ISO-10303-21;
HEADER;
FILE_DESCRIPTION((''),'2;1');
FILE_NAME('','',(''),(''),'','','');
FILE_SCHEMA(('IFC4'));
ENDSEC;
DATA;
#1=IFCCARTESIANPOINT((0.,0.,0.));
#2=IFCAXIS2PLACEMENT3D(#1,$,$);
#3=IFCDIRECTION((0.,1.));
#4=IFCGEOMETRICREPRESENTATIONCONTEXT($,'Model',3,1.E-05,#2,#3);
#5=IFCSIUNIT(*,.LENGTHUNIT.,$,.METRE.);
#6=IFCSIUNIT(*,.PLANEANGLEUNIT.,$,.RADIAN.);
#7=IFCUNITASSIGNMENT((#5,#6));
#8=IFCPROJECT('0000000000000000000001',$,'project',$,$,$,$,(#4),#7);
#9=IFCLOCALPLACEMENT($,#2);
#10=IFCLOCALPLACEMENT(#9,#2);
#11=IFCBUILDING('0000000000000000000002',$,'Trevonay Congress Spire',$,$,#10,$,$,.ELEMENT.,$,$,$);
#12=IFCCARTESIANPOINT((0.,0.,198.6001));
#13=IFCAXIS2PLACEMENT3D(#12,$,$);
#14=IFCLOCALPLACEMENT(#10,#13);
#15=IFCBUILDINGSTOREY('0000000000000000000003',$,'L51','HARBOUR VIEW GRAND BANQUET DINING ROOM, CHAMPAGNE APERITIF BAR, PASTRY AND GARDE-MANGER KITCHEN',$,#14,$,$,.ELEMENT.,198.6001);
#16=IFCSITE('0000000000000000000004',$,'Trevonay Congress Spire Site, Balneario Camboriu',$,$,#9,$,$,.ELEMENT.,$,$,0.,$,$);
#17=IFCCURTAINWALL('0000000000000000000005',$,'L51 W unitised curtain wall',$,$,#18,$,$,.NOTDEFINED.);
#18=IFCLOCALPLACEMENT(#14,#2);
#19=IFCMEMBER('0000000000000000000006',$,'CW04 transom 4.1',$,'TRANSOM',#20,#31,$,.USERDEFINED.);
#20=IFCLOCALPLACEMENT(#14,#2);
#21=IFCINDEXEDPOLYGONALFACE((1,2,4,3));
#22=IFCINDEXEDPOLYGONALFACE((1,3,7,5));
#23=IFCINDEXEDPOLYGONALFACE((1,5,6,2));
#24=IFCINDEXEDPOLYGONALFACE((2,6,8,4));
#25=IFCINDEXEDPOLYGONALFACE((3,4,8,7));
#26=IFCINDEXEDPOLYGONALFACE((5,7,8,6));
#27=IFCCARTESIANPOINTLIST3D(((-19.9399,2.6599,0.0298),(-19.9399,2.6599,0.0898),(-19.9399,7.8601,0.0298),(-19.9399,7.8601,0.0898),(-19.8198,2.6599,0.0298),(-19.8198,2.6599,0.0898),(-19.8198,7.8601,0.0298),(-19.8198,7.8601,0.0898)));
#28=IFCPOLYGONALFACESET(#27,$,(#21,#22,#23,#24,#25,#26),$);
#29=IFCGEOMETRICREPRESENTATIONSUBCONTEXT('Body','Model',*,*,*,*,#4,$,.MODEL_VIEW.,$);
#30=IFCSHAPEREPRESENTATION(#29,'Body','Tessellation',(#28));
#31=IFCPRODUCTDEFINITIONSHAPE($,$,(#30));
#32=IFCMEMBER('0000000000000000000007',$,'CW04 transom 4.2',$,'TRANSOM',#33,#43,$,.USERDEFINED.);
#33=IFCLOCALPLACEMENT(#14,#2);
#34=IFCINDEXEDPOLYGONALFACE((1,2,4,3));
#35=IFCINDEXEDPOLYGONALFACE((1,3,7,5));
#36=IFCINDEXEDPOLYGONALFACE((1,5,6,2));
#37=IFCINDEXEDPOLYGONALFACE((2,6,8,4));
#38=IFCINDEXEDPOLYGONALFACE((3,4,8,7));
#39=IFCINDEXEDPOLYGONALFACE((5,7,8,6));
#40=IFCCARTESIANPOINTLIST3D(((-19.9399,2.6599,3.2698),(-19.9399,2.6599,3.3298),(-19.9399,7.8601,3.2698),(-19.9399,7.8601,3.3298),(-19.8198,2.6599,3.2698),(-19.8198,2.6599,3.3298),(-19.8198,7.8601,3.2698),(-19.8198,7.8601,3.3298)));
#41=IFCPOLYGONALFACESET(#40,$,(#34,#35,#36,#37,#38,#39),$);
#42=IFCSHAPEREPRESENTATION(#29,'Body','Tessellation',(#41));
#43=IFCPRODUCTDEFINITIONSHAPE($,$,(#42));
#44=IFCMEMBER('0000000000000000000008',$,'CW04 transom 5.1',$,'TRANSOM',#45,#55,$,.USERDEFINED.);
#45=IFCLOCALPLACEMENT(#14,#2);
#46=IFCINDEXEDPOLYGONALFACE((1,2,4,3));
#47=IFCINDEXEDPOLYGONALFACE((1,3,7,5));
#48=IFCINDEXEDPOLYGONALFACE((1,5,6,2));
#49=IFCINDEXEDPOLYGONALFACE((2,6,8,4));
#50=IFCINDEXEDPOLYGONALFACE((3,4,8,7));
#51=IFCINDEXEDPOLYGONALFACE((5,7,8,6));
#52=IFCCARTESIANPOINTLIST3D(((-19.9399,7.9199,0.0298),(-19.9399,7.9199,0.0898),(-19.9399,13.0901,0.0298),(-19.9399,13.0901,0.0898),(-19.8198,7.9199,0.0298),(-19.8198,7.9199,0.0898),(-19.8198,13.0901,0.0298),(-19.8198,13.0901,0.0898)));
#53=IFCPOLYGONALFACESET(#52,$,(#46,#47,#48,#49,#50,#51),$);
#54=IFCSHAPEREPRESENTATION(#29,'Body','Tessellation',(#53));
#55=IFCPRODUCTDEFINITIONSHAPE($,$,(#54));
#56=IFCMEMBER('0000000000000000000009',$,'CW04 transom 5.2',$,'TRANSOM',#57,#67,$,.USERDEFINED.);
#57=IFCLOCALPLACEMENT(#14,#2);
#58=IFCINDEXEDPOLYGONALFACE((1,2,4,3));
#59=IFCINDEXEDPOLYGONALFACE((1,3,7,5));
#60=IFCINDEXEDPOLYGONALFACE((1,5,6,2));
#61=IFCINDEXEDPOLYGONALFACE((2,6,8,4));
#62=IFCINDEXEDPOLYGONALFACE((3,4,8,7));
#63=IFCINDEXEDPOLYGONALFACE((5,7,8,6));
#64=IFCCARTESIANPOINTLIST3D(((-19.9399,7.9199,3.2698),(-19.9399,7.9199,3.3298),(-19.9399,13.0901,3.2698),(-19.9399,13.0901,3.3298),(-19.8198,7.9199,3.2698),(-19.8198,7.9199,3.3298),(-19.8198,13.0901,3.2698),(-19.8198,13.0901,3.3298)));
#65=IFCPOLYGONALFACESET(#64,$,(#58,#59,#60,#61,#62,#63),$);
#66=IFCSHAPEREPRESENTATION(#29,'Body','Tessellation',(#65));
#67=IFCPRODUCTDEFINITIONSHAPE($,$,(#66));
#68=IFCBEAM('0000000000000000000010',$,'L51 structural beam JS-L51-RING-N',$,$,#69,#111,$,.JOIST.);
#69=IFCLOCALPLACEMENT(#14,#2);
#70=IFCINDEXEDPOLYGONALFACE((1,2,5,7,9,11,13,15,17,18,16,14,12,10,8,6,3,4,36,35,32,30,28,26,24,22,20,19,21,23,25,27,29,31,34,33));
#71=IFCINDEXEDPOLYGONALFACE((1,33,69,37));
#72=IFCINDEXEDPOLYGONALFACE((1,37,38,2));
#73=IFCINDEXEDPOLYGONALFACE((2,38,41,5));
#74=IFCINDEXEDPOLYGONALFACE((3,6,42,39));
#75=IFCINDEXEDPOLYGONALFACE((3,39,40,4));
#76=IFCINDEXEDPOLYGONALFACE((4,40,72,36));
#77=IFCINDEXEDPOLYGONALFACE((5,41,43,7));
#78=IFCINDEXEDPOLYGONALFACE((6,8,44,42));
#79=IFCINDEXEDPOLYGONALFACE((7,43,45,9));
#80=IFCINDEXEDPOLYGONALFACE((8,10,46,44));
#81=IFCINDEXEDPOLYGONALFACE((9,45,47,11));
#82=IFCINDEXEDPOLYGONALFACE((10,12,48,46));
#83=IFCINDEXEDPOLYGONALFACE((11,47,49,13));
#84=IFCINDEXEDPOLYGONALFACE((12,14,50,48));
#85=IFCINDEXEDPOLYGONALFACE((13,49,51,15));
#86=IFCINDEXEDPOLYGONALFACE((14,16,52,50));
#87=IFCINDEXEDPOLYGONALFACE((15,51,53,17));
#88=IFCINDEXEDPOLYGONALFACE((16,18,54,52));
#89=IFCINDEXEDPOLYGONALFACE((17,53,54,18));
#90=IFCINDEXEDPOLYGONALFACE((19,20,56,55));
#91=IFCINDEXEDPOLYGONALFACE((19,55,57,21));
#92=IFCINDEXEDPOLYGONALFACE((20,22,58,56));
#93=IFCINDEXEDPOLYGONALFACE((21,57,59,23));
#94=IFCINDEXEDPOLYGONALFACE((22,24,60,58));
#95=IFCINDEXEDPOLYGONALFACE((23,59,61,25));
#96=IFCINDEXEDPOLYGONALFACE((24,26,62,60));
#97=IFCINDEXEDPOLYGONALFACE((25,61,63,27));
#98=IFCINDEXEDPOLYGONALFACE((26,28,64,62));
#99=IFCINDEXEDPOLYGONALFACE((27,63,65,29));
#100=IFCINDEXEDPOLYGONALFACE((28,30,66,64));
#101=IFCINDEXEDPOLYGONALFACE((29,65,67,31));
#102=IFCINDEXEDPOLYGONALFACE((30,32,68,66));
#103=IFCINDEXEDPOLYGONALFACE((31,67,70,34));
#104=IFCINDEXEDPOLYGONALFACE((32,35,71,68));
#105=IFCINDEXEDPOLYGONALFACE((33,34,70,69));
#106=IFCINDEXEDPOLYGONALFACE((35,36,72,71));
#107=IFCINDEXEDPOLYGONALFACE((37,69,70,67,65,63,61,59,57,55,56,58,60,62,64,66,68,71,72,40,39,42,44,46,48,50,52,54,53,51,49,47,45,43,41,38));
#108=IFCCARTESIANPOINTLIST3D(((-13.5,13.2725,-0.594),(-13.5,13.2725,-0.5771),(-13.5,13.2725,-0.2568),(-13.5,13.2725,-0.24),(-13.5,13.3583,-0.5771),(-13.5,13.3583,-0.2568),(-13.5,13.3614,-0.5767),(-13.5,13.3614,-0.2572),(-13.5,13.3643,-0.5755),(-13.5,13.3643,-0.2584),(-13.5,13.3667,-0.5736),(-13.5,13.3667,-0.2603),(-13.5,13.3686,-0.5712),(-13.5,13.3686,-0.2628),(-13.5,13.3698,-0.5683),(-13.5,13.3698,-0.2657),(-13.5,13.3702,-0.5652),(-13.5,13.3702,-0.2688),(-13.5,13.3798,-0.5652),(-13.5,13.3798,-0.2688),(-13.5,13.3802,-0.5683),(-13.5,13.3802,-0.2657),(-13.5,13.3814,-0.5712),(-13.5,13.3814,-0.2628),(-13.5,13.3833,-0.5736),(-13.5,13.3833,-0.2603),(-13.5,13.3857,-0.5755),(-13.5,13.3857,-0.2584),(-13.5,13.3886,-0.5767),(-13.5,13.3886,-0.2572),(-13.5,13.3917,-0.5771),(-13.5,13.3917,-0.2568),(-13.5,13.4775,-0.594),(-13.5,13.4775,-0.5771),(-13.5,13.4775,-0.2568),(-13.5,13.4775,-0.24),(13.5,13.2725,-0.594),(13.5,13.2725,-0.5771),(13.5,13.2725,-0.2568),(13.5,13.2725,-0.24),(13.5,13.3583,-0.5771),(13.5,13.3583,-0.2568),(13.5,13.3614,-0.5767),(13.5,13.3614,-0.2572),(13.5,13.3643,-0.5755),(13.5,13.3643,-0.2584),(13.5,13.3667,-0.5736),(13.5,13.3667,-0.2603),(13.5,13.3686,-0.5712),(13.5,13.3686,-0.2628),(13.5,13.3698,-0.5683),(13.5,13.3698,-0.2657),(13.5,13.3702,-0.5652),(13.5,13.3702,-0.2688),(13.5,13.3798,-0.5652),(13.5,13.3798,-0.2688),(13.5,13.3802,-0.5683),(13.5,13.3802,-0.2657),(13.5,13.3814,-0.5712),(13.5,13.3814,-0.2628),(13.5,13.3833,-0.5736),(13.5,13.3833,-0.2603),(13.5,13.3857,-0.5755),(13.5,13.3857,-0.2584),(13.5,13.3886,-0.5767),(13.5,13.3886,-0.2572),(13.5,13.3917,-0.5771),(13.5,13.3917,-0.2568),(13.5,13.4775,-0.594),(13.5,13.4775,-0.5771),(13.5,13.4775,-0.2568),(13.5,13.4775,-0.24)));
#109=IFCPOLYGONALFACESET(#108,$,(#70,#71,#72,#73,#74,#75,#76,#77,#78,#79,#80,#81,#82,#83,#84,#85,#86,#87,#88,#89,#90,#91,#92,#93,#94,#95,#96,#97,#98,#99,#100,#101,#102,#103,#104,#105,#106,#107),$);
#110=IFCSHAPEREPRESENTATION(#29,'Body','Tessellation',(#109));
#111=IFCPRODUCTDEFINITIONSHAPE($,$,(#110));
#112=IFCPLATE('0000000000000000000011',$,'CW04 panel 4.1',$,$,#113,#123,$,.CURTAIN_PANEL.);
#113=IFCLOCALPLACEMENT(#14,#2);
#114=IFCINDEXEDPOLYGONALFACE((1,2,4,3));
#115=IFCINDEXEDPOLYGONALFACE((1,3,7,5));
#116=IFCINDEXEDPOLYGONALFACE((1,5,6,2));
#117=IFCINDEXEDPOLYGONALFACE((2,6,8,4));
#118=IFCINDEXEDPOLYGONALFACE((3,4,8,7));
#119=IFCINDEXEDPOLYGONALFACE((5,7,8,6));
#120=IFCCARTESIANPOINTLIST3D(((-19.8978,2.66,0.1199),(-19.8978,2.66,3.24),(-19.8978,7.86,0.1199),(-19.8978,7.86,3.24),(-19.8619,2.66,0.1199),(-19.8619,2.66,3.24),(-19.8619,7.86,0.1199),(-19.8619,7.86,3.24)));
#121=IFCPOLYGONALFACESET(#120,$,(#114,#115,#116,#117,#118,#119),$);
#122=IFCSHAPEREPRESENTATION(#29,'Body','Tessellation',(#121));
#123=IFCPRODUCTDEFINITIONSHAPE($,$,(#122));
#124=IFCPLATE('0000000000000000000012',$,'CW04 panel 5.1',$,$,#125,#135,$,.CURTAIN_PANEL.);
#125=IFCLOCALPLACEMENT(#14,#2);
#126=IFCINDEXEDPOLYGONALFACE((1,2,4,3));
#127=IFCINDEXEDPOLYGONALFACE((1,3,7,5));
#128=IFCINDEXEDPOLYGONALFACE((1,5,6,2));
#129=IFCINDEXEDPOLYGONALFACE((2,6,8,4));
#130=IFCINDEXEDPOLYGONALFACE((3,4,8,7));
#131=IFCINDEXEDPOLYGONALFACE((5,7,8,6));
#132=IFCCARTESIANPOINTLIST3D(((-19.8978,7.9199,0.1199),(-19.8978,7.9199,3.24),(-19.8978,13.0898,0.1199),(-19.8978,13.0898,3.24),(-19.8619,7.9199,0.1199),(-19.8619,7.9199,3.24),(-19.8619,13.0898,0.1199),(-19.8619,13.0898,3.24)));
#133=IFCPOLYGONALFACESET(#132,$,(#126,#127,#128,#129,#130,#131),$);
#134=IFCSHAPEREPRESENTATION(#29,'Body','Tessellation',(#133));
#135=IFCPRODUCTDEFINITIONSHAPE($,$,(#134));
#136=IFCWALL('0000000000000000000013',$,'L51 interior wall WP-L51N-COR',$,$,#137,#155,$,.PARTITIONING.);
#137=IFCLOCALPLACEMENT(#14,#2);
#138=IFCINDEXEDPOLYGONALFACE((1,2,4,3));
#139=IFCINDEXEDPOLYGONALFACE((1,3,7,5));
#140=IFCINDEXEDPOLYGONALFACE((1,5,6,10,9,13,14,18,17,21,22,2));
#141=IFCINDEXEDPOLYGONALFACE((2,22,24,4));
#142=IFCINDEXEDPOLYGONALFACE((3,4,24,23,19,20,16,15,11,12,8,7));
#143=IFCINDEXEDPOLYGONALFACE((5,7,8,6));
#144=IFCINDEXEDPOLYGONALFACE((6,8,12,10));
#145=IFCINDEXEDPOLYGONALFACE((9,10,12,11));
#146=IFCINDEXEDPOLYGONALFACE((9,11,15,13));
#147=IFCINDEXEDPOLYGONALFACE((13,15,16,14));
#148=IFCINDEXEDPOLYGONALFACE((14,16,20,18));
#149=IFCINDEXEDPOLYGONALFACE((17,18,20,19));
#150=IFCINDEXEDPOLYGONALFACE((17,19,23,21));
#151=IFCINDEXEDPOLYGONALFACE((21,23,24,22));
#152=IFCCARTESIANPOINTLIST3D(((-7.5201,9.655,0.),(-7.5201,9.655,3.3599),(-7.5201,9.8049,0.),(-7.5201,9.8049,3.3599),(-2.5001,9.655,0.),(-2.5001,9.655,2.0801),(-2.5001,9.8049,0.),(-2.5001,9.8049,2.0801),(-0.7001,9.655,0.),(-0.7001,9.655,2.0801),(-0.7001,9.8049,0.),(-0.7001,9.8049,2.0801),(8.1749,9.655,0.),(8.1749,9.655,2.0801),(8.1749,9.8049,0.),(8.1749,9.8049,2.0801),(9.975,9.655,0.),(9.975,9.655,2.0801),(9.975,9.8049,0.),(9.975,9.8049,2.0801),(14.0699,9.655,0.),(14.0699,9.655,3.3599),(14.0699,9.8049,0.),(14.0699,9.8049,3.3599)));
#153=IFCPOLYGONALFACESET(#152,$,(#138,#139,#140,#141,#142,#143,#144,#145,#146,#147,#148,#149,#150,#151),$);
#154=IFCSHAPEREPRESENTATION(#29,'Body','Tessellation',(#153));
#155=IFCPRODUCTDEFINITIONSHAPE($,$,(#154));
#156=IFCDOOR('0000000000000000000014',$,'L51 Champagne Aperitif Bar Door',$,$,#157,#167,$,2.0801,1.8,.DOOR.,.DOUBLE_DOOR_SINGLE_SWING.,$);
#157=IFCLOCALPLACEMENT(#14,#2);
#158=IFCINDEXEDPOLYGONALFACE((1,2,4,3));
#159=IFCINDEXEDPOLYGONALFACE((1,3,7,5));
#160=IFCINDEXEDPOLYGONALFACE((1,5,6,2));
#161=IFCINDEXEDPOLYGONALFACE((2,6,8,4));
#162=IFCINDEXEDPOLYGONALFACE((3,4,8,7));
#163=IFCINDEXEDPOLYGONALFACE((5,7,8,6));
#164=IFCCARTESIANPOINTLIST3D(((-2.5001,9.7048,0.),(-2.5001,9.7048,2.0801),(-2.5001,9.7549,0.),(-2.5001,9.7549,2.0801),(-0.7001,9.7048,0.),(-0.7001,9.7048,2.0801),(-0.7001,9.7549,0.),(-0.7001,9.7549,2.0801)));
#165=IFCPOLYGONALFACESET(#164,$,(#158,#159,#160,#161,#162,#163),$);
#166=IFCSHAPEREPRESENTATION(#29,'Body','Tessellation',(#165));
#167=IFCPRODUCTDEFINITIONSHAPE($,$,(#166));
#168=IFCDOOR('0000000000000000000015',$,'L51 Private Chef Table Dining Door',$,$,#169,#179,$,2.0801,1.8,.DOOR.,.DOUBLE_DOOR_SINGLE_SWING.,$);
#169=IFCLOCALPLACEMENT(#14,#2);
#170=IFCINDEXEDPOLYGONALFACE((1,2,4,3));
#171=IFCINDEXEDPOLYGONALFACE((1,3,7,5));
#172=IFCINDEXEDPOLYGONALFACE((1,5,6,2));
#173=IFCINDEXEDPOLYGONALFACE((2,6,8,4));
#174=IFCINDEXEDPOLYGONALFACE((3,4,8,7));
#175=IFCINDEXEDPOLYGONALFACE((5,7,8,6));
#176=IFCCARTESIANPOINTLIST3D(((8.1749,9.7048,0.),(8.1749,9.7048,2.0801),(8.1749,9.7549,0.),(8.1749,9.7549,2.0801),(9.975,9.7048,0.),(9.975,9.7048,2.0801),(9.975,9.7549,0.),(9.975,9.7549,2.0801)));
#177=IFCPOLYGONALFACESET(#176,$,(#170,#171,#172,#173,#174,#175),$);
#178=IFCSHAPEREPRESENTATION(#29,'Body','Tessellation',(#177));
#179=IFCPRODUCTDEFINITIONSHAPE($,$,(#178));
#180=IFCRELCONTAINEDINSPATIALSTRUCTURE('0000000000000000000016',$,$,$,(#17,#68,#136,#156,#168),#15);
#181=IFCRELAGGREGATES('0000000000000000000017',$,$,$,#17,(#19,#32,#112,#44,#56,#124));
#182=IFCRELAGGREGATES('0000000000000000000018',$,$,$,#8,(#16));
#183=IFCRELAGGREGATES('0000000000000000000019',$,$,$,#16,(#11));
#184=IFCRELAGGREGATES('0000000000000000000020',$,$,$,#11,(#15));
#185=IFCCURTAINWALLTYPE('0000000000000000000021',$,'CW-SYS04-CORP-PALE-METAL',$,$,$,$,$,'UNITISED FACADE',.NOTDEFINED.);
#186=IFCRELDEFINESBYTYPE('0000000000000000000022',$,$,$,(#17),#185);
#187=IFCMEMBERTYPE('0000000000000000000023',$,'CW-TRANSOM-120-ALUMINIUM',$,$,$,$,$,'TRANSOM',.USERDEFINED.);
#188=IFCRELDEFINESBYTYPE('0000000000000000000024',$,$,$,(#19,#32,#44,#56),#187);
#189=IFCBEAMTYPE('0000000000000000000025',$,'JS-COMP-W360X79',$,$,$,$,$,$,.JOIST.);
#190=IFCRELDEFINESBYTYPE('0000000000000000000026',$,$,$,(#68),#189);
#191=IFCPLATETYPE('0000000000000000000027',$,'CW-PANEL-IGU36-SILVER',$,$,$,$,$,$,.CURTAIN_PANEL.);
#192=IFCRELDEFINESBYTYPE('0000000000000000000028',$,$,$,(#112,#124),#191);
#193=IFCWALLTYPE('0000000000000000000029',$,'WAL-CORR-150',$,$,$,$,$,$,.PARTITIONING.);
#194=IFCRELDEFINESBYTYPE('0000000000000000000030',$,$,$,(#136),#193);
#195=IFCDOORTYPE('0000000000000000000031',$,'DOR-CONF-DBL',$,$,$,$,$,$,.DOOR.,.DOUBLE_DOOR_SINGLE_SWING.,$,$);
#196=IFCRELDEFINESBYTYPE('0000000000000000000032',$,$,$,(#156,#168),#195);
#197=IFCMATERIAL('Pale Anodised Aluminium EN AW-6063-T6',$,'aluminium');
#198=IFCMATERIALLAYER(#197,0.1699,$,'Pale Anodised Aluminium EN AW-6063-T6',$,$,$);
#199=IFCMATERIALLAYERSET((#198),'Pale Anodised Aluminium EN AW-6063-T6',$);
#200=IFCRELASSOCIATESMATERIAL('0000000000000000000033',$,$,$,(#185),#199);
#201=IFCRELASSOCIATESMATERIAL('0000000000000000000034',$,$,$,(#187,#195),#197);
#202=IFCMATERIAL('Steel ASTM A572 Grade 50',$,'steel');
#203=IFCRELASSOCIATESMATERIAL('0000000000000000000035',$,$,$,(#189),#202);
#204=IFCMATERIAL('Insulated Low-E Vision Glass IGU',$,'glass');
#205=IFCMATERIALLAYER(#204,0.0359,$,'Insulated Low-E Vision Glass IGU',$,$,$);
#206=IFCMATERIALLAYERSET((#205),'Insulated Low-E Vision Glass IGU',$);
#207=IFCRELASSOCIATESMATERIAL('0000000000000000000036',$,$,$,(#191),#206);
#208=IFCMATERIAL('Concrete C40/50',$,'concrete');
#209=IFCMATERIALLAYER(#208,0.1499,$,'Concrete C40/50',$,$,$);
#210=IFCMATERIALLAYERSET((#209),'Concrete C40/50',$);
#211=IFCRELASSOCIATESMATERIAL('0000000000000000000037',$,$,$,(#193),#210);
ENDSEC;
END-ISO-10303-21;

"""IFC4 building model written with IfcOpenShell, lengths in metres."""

from ifc_helpers import new_model, si_unit, direction, frame, frame_2d, origin, origin_2d, place, context, subcontext, project, spatial, rectangle, i_section, extrude, material, layer, layer_set, material_profile, profile_set, type_object, element, fill, aggregate, save


model = new_model("IFC4")

# Units and contexts
model_context = context("Model", 3, precision=1e-05, world=origin(), true_north=direction((0.0, 1.0)))
body_context = subcontext(model_context, "Body", "Model", "MODEL_VIEW")
ifc_project = project(units=[si_unit("LENGTHUNIT", "METRE"), si_unit("PLANEANGLEUNIT", "RADIAN")], contexts=[model_context])

# Site, building, storey
site_placement = place(None, origin())
site = spatial("IfcSite", under=ifc_project, at=site_placement, Name="Trevonay Congress Spire Site, Balneario Camboriu", CompositionType="ELEMENT", RefElevation=0.0)
building_placement = place(site_placement, origin())
building = spatial("IfcBuilding", under=site, at=building_placement, Name="Trevonay Congress Spire", CompositionType="ELEMENT")
storey_placement = place(building_placement, frame((0.0, 0.0, 198.6001)))
storey = spatial("IfcBuildingStorey", under=building, at=storey_placement, Name="L51", Description="HARBOUR VIEW GRAND BANQUET DINING ROOM, CHAMPAGNE APERITIF BAR, PASTRY AND GARDE-MANGER KITCHEN", CompositionType="ELEMENT", Elevation=198.6001)

# Shared definitions
ifc_material_1 = material(Name="Steel ASTM A572 Grade 50", Category="steel")

# Curtain wall, members
ifc_material_2 = material(Name="Pale Anodised Aluminium EN AW-6063-T6", Category="aluminium")
ifc_layer_1 = layer(ifc_material_2, 0.1699, Name="Pale Anodised Aluminium EN AW-6063-T6")
ifc_layer_set_1 = layer_set([ifc_layer_1], Name="Pale Anodised Aluminium EN AW-6063-T6")
curtain_wall_type = type_object("IfcCurtainWallType", Name="CW-SYS04-CORP-PALE-METAL", ElementType="UNITISED FACADE", PredefinedType="NOTDEFINED", material=ifc_layer_set_1)
curtain_wall_placement = place(storey_placement, origin())
curtain_wall = element("IfcCurtainWall", 1, at=curtain_wall_placement, inside=storey, type_object=curtain_wall_type, Name="L51 W unitised curtain wall", PredefinedType="NOTDEFINED")
ifc_material_profile_1 = material_profile(ifc_material_2, rectangle(XDim=0.1201, YDim=0.0601, at=origin_2d()), Name="CW-TRANSOM-120-ALUMINIUM")
ifc_profile_set_1 = profile_set([ifc_material_profile_1], Name="Pale Anodised Aluminium EN AW-6063-T6")
member_type_1 = type_object("IfcMemberType", Name="CW-TRANSOM-120-ALUMINIUM", ElementType="TRANSOM", PredefinedType="USERDEFINED", material=ifc_profile_set_1)
member_1_placement = place(storey_placement, frame((-19.8799, 2.6599, 0.0598), z_axis=(0.0, 1.0, 0.0), x_axis=(-1.0, 0.0, 0.0)))
member_1 = element("IfcMember", 2, at=member_1_placement, type_object=member_type_1, Name="CW04 transom 4.1", ObjectType="TRANSOM", PredefinedType="USERDEFINED", context=body_context, shape_type="SweptSolid", body=[
    extrude(rectangle(XDim=0.1201, YDim=0.0601, at=origin_2d()), origin(), (0.0, 0.0, 1.0), 5.2002),
])
member_2_placement = place(storey_placement, frame((-19.8799, 2.6599, 3.2998), z_axis=(0.0, 1.0, 0.0), x_axis=(-1.0, 0.0, 0.0)))
member_2 = element("IfcMember", 3, at=member_2_placement, type_object=member_type_1, Name="CW04 transom 4.2", ObjectType="TRANSOM", PredefinedType="USERDEFINED", context=body_context, shape_type="SweptSolid", body=[
    extrude(rectangle(XDim=0.1201, YDim=0.0601, at=origin_2d()), origin(), (0.0, 0.0, 1.0), 5.2002),
])
member_3_placement = place(storey_placement, frame((-19.8799, 7.9199, 0.0598), z_axis=(0.0, 1.0, 0.0), x_axis=(-1.0, 0.0, 0.0)))
member_3 = element("IfcMember", 4, at=member_3_placement, type_object=member_type_1, Name="CW04 transom 5.1", ObjectType="TRANSOM", PredefinedType="USERDEFINED", context=body_context, shape_type="SweptSolid", body=[
    extrude(rectangle(XDim=0.1201, YDim=0.0601, at=origin_2d()), origin(), (0.0, 0.0, 1.0), 5.1702),
])
member_4_placement = place(storey_placement, frame((-19.8799, 7.9199, 3.2998), z_axis=(0.0, 1.0, 0.0), x_axis=(-1.0, 0.0, 0.0)))
member_4 = element("IfcMember", 5, at=member_4_placement, type_object=member_type_1, Name="CW04 transom 5.2", ObjectType="TRANSOM", PredefinedType="USERDEFINED", context=body_context, shape_type="SweptSolid", body=[
    extrude(rectangle(XDim=0.1201, YDim=0.0601, at=origin_2d()), origin(), (0.0, 0.0, 1.0), 5.1702),
])

# Beam
ifc_material_profile_2 = material_profile(ifc_material_1, i_section(OverallWidth=0.2051, OverallDepth=0.354, WebThickness=0.0095, FlangeThickness=0.0168, FilletRadius=0.012, at=origin_2d()), Name="W360x79")
ifc_profile_set_2 = profile_set([ifc_material_profile_2], Name="Steel ASTM A572 Grade 50")
beam_type_1 = type_object("IfcBeamType", Name="JS-COMP-W360X79", PredefinedType="JOIST", material=ifc_profile_set_2)
beam_1_placement = place(storey_placement, frame((-13.5, 13.375, -0.417), z_axis=(1.0, 0.0, 0.0), x_axis=(0.0, 1.0, 0.0)))
element("IfcBeam", 6, at=beam_1_placement, inside=storey, type_object=beam_type_1, Name="L51 structural beam JS-L51-RING-N", PredefinedType="JOIST", context=body_context, shape_type="SweptSolid", body=[
    extrude(i_section(OverallWidth=0.2051, OverallDepth=0.354, WebThickness=0.0095, FlangeThickness=0.0168, FilletRadius=0.012, at=origin_2d()), origin(), (0.0, 0.0, 1.0), 27.0),
])

# Plates
ifc_material_3 = material(Name="Insulated Low-E Vision Glass IGU", Category="glass")
ifc_layer_2 = layer(ifc_material_3, 0.0359, Name="Insulated Low-E Vision Glass IGU")
ifc_layer_set_2 = layer_set([ifc_layer_2], Name="Insulated Low-E Vision Glass IGU")
plate_type = type_object("IfcPlateType", Name="CW-PANEL-IGU36-SILVER", PredefinedType="CURTAIN_PANEL", material=ifc_layer_set_2)
plate_1_placement = place(storey_placement, frame((-19.8799, 5.26, 0.1199), z_axis=(0.0, 0.0, 1.0), x_axis=(0.0, 1.0, 0.0)))
plate_1 = element("IfcPlate", 7, at=plate_1_placement, type_object=plate_type, Name="CW04 panel 4.1", PredefinedType="CURTAIN_PANEL", context=body_context, shape_type="SweptSolid", body=[
    extrude(rectangle(XDim=5.2, YDim=0.0359, at=origin_2d()), origin(), (0.0, 0.0, 1.0), 3.1201),
])
plate_2_placement = place(storey_placement, frame((-19.8799, 10.5049, 0.1199), z_axis=(0.0, 0.0, 1.0), x_axis=(0.0, 1.0, 0.0)))
plate_2 = element("IfcPlate", 8, at=plate_2_placement, type_object=plate_type, Name="CW04 panel 5.1", PredefinedType="CURTAIN_PANEL", context=body_context, shape_type="SweptSolid", body=[
    extrude(rectangle(XDim=5.1699, YDim=0.0359, at=origin_2d()), origin(), (0.0, 0.0, 1.0), 3.1201),
])
aggregate(curtain_wall, [member_1, member_2, plate_1, member_3, member_4, plate_2])

# Wall, openings, doors
ifc_material_4 = material(Name="Concrete C40/50", Category="concrete")
ifc_layer_3 = layer(ifc_material_4, 0.1499, Name="Concrete C40/50")
ifc_layer_set_3 = layer_set([ifc_layer_3], Name="Concrete C40/50")
wall_type_1 = type_object("IfcWallType", Name="WAL-CORR-150", PredefinedType="PARTITIONING", material=ifc_layer_set_3)
wall_1_placement = place(storey_placement, frame((-7.52, 9.73, 0.0), z_axis=(0.0, 0.0, 1.0), x_axis=(1.0, 0.0, 0.0)))
wall_1 = element("IfcWall", 9, at=wall_1_placement, inside=storey, type_object=wall_type_1, Name="L51 interior wall WP-L51N-COR", PredefinedType="PARTITIONING", context=body_context, shape_type="SweptSolid", body=[
    extrude(rectangle(XDim=21.5901, YDim=0.1499, at=frame_2d((10.7949, 0.0))), origin(), (0.0, 0.0, 1.0), 3.3599),
])
opening_1_placement = place(wall_1_placement, frame((5.02, 0.0, 0.0)))
opening_1 = element("IfcOpeningElement", 10, at=opening_1_placement, cuts=wall_1, PredefinedType="OPENING", context=body_context, shape_type="SweptSolid", body=[
    extrude(rectangle(XDim=1.8, YDim=2.0801, at=frame_2d((0.8999, 1.04))), frame((0.0, 0.085, 0.0), z_axis=(0.0, -1.0, 0.0), x_axis=(1.0, 0.0, 0.0)), (0.0, 0.0, 1.0), 0.1699),
])
opening_2_placement = place(wall_1_placement, frame((15.6951, 0.0, 0.0)))
opening_2 = element("IfcOpeningElement", 11, at=opening_2_placement, cuts=wall_1, PredefinedType="OPENING", context=body_context, shape_type="SweptSolid", body=[
    extrude(rectangle(XDim=1.8, YDim=2.0801, at=frame_2d((0.8999, 1.04))), frame((0.0, 0.085, 0.0), z_axis=(0.0, -1.0, 0.0), x_axis=(1.0, 0.0, 0.0)), (0.0, 0.0, 1.0), 0.1699),
])
door_type = type_object("IfcDoorType", Name="DOR-CONF-DBL", OperationType="DOUBLE_DOOR_SINGLE_SWING", PredefinedType="DOOR", material=ifc_material_2)
door_1_placement = place(opening_1_placement, origin())
door_1 = element("IfcDoor", 12, at=door_1_placement, inside=storey, type_object=door_type, Name="L51 Champagne Aperitif Bar Door", OperationType="DOUBLE_DOOR_SINGLE_SWING", OverallHeight=2.0801, OverallWidth=1.8, PredefinedType="DOOR", context=body_context, shape_type="SweptSolid", body=[
    extrude(rectangle(XDim=1.8, YDim=2.0801, at=frame_2d((0.8999, 1.04))), frame((0.0, 0.0249, 0.0), z_axis=(0.0, -1.0, 0.0), x_axis=(1.0, 0.0, 0.0)), (0.0, 0.0, 1.0), 0.05),
])
fill(opening_1, door_1)
door_2_placement = place(opening_2_placement, origin())
door_2 = element("IfcDoor", 13, at=door_2_placement, inside=storey, type_object=door_type, Name="L51 Private Chef Table Dining Door", OperationType="DOUBLE_DOOR_SINGLE_SWING", OverallHeight=2.0801, OverallWidth=1.8, PredefinedType="DOOR", context=body_context, shape_type="SweptSolid", body=[
    extrude(rectangle(XDim=1.8, YDim=2.0801, at=frame_2d((0.8999, 1.04))), frame((0.0, 0.0249, 0.0), z_axis=(0.0, -1.0, 0.0), x_axis=(1.0, 0.0, 0.0)), (0.0, 0.0, 1.0), 0.05),
])
fill(opening_2, door_2)

save(model, "model.ifc")
